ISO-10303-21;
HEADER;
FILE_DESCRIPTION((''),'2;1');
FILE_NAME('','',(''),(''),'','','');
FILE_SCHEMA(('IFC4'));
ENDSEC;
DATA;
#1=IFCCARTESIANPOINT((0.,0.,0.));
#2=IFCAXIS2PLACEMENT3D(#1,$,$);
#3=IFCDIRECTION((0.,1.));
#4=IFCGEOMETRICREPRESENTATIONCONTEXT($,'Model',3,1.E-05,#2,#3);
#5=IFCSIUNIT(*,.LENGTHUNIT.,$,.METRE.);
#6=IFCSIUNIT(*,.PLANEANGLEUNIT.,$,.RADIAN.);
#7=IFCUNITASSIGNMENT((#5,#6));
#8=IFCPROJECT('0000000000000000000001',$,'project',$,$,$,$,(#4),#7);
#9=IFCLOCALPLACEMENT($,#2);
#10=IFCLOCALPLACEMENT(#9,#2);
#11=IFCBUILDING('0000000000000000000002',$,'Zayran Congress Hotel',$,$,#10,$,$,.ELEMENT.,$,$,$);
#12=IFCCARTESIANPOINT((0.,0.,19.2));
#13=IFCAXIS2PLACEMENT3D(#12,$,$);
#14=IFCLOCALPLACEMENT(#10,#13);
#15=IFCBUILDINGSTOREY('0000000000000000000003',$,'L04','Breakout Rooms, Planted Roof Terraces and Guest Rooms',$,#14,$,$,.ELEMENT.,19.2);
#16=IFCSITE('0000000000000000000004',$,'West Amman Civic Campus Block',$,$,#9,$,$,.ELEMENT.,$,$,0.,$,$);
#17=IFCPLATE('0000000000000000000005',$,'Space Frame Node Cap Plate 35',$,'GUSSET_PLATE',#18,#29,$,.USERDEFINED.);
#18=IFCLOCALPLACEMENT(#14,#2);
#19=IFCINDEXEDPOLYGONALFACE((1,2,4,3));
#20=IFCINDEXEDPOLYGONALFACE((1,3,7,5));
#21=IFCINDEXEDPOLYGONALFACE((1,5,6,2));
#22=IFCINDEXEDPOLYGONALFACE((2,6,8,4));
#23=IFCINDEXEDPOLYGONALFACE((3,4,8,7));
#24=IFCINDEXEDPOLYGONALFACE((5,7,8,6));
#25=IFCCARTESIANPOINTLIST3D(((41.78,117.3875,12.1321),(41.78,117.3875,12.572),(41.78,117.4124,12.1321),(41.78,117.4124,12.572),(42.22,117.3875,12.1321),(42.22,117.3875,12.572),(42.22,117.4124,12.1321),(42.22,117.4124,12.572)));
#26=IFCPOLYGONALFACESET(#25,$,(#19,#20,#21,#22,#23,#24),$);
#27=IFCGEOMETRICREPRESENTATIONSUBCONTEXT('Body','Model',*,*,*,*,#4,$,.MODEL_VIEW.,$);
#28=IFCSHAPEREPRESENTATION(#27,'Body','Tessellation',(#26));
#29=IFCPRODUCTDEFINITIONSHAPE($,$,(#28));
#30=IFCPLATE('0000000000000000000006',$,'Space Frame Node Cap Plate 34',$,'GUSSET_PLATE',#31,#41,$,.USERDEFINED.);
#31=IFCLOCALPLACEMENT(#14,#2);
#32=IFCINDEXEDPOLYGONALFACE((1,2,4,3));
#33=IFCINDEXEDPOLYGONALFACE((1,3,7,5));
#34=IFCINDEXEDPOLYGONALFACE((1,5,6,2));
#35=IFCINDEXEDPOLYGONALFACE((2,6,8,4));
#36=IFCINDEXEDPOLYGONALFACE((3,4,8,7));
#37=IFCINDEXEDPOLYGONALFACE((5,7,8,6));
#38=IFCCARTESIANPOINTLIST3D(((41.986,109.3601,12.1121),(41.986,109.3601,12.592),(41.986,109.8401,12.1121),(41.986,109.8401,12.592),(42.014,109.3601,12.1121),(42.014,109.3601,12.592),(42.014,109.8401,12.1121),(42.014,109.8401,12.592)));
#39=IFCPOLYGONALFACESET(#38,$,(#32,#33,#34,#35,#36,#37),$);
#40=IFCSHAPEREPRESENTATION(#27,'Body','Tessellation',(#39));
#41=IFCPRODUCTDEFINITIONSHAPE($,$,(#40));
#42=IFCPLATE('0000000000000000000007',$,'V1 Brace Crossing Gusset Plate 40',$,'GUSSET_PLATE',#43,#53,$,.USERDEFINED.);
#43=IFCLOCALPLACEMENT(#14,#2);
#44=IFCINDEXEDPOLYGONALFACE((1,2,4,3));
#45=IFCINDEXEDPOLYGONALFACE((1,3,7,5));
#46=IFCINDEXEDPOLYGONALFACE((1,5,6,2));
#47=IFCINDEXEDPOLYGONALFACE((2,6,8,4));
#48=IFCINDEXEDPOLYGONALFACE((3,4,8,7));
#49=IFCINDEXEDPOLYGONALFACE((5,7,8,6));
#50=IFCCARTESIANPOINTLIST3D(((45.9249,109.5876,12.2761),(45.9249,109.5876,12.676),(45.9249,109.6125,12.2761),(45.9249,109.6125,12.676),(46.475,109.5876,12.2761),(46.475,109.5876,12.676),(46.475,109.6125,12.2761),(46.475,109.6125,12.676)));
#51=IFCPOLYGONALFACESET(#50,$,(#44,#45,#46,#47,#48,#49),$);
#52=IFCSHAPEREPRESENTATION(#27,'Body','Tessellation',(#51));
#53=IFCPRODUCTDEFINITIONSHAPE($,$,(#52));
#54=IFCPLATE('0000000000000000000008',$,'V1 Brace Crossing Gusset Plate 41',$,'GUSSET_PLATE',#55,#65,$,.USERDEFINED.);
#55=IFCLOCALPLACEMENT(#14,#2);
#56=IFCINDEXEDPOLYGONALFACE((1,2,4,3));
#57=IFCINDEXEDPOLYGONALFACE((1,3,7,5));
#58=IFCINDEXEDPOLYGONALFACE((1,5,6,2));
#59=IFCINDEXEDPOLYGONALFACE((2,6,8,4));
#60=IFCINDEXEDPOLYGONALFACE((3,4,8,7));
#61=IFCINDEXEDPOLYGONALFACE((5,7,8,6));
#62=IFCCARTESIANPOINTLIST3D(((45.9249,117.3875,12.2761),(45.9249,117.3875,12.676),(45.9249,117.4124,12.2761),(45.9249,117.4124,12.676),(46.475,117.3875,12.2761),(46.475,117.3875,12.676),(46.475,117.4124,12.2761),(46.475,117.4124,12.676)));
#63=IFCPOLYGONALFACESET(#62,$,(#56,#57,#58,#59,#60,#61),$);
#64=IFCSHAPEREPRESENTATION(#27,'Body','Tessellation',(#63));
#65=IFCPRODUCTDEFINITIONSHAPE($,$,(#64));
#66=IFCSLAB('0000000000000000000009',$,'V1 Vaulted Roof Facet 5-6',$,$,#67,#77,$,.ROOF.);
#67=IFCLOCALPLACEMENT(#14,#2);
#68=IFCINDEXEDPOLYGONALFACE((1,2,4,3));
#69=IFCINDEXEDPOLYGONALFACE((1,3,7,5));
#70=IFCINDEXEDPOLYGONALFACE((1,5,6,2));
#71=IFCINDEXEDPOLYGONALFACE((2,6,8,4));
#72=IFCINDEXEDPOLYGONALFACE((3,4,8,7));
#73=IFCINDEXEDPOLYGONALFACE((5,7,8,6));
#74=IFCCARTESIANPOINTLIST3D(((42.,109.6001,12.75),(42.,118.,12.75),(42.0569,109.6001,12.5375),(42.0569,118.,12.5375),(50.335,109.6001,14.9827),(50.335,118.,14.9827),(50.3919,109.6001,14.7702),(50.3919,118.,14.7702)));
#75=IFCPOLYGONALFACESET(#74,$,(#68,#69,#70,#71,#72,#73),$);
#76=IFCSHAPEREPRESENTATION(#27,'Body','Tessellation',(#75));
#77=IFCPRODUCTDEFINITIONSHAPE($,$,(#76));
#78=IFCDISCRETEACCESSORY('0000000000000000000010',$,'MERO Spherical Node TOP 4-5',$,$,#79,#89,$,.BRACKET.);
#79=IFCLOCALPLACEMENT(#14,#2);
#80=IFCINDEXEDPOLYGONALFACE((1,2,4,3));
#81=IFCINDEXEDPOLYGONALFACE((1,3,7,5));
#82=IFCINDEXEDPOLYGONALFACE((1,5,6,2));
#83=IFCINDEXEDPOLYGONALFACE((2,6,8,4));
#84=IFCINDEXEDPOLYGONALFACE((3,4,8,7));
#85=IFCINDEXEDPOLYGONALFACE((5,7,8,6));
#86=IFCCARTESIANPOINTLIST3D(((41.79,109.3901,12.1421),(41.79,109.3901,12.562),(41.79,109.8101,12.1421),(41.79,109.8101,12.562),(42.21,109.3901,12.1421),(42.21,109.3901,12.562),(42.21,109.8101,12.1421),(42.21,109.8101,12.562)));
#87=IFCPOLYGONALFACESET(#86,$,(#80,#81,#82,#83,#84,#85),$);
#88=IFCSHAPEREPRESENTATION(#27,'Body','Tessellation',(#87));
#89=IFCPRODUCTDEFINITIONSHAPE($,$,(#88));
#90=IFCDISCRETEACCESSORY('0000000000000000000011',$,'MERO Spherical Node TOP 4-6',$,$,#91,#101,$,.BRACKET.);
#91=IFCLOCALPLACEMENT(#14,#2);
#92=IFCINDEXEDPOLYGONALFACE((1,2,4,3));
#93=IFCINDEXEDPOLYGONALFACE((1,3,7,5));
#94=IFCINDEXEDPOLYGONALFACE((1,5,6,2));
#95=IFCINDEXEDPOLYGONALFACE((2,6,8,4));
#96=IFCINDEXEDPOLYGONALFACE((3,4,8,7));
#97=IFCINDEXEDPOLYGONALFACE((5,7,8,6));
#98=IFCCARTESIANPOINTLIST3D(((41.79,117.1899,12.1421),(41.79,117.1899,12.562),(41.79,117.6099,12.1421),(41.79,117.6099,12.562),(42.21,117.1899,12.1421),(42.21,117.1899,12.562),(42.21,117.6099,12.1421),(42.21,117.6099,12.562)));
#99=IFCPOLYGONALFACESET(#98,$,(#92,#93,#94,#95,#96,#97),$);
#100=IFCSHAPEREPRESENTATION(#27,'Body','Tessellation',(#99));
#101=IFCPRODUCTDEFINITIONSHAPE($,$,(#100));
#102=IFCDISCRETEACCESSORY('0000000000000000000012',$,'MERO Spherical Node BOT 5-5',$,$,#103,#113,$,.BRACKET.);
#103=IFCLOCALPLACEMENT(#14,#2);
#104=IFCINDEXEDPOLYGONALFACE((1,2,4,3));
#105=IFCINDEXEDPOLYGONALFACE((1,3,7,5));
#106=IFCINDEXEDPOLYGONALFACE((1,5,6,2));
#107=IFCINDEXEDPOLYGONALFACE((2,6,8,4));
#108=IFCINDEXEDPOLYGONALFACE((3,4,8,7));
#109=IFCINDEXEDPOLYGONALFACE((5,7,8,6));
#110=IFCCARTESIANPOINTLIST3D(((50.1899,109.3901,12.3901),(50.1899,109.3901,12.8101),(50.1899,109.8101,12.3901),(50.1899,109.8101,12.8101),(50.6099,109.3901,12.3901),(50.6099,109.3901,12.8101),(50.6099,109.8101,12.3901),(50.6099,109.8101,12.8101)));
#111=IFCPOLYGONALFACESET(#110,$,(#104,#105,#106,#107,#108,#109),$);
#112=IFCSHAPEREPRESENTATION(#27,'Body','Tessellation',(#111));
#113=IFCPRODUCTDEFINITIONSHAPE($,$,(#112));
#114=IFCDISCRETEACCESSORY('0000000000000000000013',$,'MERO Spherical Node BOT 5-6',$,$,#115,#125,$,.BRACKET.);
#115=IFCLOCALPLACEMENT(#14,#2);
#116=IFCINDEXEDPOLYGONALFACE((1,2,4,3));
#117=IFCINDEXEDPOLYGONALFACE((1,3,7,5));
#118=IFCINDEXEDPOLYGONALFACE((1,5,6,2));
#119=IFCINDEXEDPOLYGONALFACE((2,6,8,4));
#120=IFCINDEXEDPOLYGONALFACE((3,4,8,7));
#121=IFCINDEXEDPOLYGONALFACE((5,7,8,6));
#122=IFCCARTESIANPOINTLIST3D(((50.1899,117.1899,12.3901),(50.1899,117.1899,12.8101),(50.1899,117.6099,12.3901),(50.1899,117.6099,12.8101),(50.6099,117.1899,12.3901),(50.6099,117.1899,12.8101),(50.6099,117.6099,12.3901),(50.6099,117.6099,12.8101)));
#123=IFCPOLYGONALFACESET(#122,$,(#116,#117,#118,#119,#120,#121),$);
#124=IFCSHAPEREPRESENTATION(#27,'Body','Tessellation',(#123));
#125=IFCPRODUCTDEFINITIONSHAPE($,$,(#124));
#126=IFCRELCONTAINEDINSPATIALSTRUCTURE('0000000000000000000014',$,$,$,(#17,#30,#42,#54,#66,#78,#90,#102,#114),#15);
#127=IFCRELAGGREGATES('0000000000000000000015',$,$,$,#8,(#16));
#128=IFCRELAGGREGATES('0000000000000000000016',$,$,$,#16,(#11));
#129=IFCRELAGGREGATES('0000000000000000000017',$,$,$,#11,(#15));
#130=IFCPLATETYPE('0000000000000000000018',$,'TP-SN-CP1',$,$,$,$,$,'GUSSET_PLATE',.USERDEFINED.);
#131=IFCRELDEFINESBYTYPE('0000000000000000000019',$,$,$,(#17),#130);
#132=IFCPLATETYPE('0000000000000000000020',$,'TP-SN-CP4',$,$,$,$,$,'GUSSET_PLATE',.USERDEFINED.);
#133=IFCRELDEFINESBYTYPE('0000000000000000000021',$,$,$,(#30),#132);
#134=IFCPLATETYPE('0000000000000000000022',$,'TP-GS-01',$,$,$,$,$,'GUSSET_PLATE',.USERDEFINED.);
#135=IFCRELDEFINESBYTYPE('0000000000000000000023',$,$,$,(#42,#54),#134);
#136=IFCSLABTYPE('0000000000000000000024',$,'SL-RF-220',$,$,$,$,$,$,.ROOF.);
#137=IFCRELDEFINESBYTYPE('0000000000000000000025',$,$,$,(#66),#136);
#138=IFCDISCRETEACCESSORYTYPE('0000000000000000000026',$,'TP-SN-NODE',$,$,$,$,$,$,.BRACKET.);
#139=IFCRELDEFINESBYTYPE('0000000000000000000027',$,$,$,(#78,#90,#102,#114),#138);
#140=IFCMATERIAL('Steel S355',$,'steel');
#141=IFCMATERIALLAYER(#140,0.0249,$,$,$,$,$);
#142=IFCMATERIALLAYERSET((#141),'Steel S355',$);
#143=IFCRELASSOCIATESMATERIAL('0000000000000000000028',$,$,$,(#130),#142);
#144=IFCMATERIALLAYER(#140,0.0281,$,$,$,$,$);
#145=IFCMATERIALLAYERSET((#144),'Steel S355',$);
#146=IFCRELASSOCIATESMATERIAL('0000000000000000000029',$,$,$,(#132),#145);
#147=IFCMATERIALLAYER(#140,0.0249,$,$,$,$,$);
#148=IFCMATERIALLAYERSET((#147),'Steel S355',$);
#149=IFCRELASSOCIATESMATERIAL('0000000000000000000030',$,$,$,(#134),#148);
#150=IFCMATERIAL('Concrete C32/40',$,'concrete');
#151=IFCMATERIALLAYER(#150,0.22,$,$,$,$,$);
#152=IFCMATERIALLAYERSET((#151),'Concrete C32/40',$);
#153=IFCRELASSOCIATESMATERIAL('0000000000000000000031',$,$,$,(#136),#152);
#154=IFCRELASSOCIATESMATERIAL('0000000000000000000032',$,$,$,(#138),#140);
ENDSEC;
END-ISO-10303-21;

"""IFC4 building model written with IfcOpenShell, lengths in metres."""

from ifc_helpers import new_model, si_unit, direction, frame, origin, origin_2d, place, context, subcontext, project, spatial, polyline, rectangle, outline, extrude, material, layer, layer_set, type_object, element, save


model = new_model("IFC4")

# Units and contexts
model_context = context("Model", 3, precision=1e-05, world=origin(), true_north=direction((0.0, 1.0)))
body_context = subcontext(model_context, "Body", "Model", "MODEL_VIEW")
ifc_project = project(units=[si_unit("LENGTHUNIT", "METRE"), si_unit("PLANEANGLEUNIT", "RADIAN")], contexts=[model_context])

# Site, building, storey
site_placement = place(None, origin())
site = spatial("IfcSite", under=ifc_project, at=site_placement, Name="West Amman Civic Campus Block", CompositionType="ELEMENT", RefElevation=0.0)
building_placement = place(site_placement, origin())
building = spatial("IfcBuilding", under=site, at=building_placement, Name="Zayran Congress Hotel", CompositionType="ELEMENT")
storey_placement = place(building_placement, frame((0.0, 0.0, 19.2)))
storey = spatial("IfcBuildingStorey", under=building, at=storey_placement, Name="L04", Description="Breakout Rooms, Planted Roof Terraces and Guest Rooms", CompositionType="ELEMENT", Elevation=19.2)

# Shared definitions
ifc_material_1 = material(Name="Steel S355", Category="steel")

# Plates
ifc_layer_1 = layer(ifc_material_1, 0.0249)
ifc_layer_set_1 = layer_set([ifc_layer_1], Name="Steel S355")
plate_type_1 = type_object("IfcPlateType", Name="TP-SN-CP1", ElementType="GUSSET_PLATE", PredefinedType="USERDEFINED", material=ifc_layer_set_1)
plate_1_placement = place(storey_placement, frame((42.0, 117.3999, 12.1321), z_axis=(0.0, 0.0, 1.0), x_axis=(1.0, 0.0, 0.0)))
element("IfcPlate", 1, at=plate_1_placement, inside=storey, type_object=plate_type_1, Name="Space Frame Node Cap Plate 35", ObjectType="GUSSET_PLATE", PredefinedType="USERDEFINED", context=body_context, shape_type="SweptSolid", body=[
    extrude(rectangle(XDim=0.4399, YDim=0.0249, at=origin_2d()), origin(), (0.0, 0.0, 1.0), 0.4399),
])
ifc_layer_2 = layer(ifc_material_1, 0.0281)
ifc_layer_set_2 = layer_set([ifc_layer_2], Name="Steel S355")
plate_type_2 = type_object("IfcPlateType", Name="TP-SN-CP4", ElementType="GUSSET_PLATE", PredefinedType="USERDEFINED", material=ifc_layer_set_2)
plate_2_placement = place(storey_placement, frame((42.0, 109.6001, 12.1121), z_axis=(0.0, 0.0, 1.0), x_axis=(0.0, 1.0, 0.0)))
element("IfcPlate", 2, at=plate_2_placement, inside=storey, type_object=plate_type_2, Name="Space Frame Node Cap Plate 34", ObjectType="GUSSET_PLATE", PredefinedType="USERDEFINED", context=body_context, shape_type="SweptSolid", body=[
    extrude(rectangle(XDim=0.48, YDim=0.0281, at=origin_2d()), origin(), (0.0, 0.0, 1.0), 0.48),
])
ifc_layer_3 = layer(ifc_material_1, 0.0249)
ifc_layer_set_3 = layer_set([ifc_layer_3], Name="Steel S355")
plate_type_3 = type_object("IfcPlateType", Name="TP-GS-01", ElementType="GUSSET_PLATE", PredefinedType="USERDEFINED", material=ifc_layer_set_3)
for number, where, z_axis, x_axis, name in (
    (3, (46.2, 109.6001, 12.2761), (0.0, 0.0, 1.0), (1.0, 0.0, 0.0), "V1 Brace Crossing Gusset Plate 40"),
    (4, (46.2, 117.3999, 12.2761), (0.0, 0.0, 1.0), (1.0, 0.0, 0.0), "V1 Brace Crossing Gusset Plate 41"),
):
    element("IfcPlate", number, at=place(storey_placement, frame(where, z_axis=z_axis, x_axis=x_axis)), inside=storey, type_object=plate_type_3, Name=name, ObjectType="GUSSET_PLATE", PredefinedType="USERDEFINED", context=body_context, shape_type="SweptSolid", body=[
        extrude(rectangle(XDim=0.55, YDim=0.0249, at=origin_2d()), origin(), (0.0, 0.0, 1.0), 0.3999),
    ])

# Slab
ifc_material_2 = material(Name="Concrete C32/40", Category="concrete")
ifc_layer_4 = layer(ifc_material_2, 0.22)
ifc_layer_set_4 = layer_set([ifc_layer_4], Name="Concrete C32/40")
slab_type = type_object("IfcSlabType", Name="SL-RF-220", PredefinedType="ROOF", material=ifc_layer_set_4)
slab_placement = place(storey_placement, frame((42.0, 109.6001, 12.75), z_axis=(-0.258746, 0.0, 0.965946), x_axis=(0.965946, 0.0, 0.258746)))
element("IfcSlab", 5, at=slab_placement, inside=storey, type_object=slab_type, Name="V1 Vaulted Roof Facet 5-6", PredefinedType="ROOF", context=body_context, shape_type="SweptSolid", body=[
    extrude(outline(polyline([(0.0, 0.0), (8.6288, 0.0), (8.6288, 8.3999), (0.0, 8.3999), (0.0, 0.0)])), origin(), (0.0, 0.0, -1.0), 0.22),
])

# Discrete accessories
discrete_accessory_type = type_object("IfcDiscreteAccessoryType", Name="TP-SN-NODE", PredefinedType="BRACKET", material=ifc_material_1)
for number, where, z_axis, x_axis, name in (
    (6, (42.0, 109.6001, 12.1421), (0.0, 0.0, 1.0), (1.0, 0.0, 0.0), "MERO Spherical Node TOP 4-5"),
    (7, (42.0, 117.3999, 12.1421), (0.0, 0.0, 1.0), (1.0, 0.0, 0.0), "MERO Spherical Node TOP 4-6"),
    (8, (50.3999, 109.6001, 12.3901), (0.0, 0.0, 1.0), (1.0, 0.0, 0.0), "MERO Spherical Node BOT 5-5"),
    (9, (50.3999, 117.3999, 12.3901), (0.0, 0.0, 1.0), (1.0, 0.0, 0.0), "MERO Spherical Node BOT 5-6"),
):
    element("IfcDiscreteAccessory", number, at=place(storey_placement, frame(where, z_axis=z_axis, x_axis=x_axis)), inside=storey, type_object=discrete_accessory_type, Name=name, PredefinedType="BRACKET", context=body_context, shape_type="SweptSolid", body=[
        extrude(rectangle(XDim=0.4199, YDim=0.4199, at=origin_2d()), origin(), (0.0, 0.0, 1.0), 0.4199),
    ])

save(model, "model.ifc")
